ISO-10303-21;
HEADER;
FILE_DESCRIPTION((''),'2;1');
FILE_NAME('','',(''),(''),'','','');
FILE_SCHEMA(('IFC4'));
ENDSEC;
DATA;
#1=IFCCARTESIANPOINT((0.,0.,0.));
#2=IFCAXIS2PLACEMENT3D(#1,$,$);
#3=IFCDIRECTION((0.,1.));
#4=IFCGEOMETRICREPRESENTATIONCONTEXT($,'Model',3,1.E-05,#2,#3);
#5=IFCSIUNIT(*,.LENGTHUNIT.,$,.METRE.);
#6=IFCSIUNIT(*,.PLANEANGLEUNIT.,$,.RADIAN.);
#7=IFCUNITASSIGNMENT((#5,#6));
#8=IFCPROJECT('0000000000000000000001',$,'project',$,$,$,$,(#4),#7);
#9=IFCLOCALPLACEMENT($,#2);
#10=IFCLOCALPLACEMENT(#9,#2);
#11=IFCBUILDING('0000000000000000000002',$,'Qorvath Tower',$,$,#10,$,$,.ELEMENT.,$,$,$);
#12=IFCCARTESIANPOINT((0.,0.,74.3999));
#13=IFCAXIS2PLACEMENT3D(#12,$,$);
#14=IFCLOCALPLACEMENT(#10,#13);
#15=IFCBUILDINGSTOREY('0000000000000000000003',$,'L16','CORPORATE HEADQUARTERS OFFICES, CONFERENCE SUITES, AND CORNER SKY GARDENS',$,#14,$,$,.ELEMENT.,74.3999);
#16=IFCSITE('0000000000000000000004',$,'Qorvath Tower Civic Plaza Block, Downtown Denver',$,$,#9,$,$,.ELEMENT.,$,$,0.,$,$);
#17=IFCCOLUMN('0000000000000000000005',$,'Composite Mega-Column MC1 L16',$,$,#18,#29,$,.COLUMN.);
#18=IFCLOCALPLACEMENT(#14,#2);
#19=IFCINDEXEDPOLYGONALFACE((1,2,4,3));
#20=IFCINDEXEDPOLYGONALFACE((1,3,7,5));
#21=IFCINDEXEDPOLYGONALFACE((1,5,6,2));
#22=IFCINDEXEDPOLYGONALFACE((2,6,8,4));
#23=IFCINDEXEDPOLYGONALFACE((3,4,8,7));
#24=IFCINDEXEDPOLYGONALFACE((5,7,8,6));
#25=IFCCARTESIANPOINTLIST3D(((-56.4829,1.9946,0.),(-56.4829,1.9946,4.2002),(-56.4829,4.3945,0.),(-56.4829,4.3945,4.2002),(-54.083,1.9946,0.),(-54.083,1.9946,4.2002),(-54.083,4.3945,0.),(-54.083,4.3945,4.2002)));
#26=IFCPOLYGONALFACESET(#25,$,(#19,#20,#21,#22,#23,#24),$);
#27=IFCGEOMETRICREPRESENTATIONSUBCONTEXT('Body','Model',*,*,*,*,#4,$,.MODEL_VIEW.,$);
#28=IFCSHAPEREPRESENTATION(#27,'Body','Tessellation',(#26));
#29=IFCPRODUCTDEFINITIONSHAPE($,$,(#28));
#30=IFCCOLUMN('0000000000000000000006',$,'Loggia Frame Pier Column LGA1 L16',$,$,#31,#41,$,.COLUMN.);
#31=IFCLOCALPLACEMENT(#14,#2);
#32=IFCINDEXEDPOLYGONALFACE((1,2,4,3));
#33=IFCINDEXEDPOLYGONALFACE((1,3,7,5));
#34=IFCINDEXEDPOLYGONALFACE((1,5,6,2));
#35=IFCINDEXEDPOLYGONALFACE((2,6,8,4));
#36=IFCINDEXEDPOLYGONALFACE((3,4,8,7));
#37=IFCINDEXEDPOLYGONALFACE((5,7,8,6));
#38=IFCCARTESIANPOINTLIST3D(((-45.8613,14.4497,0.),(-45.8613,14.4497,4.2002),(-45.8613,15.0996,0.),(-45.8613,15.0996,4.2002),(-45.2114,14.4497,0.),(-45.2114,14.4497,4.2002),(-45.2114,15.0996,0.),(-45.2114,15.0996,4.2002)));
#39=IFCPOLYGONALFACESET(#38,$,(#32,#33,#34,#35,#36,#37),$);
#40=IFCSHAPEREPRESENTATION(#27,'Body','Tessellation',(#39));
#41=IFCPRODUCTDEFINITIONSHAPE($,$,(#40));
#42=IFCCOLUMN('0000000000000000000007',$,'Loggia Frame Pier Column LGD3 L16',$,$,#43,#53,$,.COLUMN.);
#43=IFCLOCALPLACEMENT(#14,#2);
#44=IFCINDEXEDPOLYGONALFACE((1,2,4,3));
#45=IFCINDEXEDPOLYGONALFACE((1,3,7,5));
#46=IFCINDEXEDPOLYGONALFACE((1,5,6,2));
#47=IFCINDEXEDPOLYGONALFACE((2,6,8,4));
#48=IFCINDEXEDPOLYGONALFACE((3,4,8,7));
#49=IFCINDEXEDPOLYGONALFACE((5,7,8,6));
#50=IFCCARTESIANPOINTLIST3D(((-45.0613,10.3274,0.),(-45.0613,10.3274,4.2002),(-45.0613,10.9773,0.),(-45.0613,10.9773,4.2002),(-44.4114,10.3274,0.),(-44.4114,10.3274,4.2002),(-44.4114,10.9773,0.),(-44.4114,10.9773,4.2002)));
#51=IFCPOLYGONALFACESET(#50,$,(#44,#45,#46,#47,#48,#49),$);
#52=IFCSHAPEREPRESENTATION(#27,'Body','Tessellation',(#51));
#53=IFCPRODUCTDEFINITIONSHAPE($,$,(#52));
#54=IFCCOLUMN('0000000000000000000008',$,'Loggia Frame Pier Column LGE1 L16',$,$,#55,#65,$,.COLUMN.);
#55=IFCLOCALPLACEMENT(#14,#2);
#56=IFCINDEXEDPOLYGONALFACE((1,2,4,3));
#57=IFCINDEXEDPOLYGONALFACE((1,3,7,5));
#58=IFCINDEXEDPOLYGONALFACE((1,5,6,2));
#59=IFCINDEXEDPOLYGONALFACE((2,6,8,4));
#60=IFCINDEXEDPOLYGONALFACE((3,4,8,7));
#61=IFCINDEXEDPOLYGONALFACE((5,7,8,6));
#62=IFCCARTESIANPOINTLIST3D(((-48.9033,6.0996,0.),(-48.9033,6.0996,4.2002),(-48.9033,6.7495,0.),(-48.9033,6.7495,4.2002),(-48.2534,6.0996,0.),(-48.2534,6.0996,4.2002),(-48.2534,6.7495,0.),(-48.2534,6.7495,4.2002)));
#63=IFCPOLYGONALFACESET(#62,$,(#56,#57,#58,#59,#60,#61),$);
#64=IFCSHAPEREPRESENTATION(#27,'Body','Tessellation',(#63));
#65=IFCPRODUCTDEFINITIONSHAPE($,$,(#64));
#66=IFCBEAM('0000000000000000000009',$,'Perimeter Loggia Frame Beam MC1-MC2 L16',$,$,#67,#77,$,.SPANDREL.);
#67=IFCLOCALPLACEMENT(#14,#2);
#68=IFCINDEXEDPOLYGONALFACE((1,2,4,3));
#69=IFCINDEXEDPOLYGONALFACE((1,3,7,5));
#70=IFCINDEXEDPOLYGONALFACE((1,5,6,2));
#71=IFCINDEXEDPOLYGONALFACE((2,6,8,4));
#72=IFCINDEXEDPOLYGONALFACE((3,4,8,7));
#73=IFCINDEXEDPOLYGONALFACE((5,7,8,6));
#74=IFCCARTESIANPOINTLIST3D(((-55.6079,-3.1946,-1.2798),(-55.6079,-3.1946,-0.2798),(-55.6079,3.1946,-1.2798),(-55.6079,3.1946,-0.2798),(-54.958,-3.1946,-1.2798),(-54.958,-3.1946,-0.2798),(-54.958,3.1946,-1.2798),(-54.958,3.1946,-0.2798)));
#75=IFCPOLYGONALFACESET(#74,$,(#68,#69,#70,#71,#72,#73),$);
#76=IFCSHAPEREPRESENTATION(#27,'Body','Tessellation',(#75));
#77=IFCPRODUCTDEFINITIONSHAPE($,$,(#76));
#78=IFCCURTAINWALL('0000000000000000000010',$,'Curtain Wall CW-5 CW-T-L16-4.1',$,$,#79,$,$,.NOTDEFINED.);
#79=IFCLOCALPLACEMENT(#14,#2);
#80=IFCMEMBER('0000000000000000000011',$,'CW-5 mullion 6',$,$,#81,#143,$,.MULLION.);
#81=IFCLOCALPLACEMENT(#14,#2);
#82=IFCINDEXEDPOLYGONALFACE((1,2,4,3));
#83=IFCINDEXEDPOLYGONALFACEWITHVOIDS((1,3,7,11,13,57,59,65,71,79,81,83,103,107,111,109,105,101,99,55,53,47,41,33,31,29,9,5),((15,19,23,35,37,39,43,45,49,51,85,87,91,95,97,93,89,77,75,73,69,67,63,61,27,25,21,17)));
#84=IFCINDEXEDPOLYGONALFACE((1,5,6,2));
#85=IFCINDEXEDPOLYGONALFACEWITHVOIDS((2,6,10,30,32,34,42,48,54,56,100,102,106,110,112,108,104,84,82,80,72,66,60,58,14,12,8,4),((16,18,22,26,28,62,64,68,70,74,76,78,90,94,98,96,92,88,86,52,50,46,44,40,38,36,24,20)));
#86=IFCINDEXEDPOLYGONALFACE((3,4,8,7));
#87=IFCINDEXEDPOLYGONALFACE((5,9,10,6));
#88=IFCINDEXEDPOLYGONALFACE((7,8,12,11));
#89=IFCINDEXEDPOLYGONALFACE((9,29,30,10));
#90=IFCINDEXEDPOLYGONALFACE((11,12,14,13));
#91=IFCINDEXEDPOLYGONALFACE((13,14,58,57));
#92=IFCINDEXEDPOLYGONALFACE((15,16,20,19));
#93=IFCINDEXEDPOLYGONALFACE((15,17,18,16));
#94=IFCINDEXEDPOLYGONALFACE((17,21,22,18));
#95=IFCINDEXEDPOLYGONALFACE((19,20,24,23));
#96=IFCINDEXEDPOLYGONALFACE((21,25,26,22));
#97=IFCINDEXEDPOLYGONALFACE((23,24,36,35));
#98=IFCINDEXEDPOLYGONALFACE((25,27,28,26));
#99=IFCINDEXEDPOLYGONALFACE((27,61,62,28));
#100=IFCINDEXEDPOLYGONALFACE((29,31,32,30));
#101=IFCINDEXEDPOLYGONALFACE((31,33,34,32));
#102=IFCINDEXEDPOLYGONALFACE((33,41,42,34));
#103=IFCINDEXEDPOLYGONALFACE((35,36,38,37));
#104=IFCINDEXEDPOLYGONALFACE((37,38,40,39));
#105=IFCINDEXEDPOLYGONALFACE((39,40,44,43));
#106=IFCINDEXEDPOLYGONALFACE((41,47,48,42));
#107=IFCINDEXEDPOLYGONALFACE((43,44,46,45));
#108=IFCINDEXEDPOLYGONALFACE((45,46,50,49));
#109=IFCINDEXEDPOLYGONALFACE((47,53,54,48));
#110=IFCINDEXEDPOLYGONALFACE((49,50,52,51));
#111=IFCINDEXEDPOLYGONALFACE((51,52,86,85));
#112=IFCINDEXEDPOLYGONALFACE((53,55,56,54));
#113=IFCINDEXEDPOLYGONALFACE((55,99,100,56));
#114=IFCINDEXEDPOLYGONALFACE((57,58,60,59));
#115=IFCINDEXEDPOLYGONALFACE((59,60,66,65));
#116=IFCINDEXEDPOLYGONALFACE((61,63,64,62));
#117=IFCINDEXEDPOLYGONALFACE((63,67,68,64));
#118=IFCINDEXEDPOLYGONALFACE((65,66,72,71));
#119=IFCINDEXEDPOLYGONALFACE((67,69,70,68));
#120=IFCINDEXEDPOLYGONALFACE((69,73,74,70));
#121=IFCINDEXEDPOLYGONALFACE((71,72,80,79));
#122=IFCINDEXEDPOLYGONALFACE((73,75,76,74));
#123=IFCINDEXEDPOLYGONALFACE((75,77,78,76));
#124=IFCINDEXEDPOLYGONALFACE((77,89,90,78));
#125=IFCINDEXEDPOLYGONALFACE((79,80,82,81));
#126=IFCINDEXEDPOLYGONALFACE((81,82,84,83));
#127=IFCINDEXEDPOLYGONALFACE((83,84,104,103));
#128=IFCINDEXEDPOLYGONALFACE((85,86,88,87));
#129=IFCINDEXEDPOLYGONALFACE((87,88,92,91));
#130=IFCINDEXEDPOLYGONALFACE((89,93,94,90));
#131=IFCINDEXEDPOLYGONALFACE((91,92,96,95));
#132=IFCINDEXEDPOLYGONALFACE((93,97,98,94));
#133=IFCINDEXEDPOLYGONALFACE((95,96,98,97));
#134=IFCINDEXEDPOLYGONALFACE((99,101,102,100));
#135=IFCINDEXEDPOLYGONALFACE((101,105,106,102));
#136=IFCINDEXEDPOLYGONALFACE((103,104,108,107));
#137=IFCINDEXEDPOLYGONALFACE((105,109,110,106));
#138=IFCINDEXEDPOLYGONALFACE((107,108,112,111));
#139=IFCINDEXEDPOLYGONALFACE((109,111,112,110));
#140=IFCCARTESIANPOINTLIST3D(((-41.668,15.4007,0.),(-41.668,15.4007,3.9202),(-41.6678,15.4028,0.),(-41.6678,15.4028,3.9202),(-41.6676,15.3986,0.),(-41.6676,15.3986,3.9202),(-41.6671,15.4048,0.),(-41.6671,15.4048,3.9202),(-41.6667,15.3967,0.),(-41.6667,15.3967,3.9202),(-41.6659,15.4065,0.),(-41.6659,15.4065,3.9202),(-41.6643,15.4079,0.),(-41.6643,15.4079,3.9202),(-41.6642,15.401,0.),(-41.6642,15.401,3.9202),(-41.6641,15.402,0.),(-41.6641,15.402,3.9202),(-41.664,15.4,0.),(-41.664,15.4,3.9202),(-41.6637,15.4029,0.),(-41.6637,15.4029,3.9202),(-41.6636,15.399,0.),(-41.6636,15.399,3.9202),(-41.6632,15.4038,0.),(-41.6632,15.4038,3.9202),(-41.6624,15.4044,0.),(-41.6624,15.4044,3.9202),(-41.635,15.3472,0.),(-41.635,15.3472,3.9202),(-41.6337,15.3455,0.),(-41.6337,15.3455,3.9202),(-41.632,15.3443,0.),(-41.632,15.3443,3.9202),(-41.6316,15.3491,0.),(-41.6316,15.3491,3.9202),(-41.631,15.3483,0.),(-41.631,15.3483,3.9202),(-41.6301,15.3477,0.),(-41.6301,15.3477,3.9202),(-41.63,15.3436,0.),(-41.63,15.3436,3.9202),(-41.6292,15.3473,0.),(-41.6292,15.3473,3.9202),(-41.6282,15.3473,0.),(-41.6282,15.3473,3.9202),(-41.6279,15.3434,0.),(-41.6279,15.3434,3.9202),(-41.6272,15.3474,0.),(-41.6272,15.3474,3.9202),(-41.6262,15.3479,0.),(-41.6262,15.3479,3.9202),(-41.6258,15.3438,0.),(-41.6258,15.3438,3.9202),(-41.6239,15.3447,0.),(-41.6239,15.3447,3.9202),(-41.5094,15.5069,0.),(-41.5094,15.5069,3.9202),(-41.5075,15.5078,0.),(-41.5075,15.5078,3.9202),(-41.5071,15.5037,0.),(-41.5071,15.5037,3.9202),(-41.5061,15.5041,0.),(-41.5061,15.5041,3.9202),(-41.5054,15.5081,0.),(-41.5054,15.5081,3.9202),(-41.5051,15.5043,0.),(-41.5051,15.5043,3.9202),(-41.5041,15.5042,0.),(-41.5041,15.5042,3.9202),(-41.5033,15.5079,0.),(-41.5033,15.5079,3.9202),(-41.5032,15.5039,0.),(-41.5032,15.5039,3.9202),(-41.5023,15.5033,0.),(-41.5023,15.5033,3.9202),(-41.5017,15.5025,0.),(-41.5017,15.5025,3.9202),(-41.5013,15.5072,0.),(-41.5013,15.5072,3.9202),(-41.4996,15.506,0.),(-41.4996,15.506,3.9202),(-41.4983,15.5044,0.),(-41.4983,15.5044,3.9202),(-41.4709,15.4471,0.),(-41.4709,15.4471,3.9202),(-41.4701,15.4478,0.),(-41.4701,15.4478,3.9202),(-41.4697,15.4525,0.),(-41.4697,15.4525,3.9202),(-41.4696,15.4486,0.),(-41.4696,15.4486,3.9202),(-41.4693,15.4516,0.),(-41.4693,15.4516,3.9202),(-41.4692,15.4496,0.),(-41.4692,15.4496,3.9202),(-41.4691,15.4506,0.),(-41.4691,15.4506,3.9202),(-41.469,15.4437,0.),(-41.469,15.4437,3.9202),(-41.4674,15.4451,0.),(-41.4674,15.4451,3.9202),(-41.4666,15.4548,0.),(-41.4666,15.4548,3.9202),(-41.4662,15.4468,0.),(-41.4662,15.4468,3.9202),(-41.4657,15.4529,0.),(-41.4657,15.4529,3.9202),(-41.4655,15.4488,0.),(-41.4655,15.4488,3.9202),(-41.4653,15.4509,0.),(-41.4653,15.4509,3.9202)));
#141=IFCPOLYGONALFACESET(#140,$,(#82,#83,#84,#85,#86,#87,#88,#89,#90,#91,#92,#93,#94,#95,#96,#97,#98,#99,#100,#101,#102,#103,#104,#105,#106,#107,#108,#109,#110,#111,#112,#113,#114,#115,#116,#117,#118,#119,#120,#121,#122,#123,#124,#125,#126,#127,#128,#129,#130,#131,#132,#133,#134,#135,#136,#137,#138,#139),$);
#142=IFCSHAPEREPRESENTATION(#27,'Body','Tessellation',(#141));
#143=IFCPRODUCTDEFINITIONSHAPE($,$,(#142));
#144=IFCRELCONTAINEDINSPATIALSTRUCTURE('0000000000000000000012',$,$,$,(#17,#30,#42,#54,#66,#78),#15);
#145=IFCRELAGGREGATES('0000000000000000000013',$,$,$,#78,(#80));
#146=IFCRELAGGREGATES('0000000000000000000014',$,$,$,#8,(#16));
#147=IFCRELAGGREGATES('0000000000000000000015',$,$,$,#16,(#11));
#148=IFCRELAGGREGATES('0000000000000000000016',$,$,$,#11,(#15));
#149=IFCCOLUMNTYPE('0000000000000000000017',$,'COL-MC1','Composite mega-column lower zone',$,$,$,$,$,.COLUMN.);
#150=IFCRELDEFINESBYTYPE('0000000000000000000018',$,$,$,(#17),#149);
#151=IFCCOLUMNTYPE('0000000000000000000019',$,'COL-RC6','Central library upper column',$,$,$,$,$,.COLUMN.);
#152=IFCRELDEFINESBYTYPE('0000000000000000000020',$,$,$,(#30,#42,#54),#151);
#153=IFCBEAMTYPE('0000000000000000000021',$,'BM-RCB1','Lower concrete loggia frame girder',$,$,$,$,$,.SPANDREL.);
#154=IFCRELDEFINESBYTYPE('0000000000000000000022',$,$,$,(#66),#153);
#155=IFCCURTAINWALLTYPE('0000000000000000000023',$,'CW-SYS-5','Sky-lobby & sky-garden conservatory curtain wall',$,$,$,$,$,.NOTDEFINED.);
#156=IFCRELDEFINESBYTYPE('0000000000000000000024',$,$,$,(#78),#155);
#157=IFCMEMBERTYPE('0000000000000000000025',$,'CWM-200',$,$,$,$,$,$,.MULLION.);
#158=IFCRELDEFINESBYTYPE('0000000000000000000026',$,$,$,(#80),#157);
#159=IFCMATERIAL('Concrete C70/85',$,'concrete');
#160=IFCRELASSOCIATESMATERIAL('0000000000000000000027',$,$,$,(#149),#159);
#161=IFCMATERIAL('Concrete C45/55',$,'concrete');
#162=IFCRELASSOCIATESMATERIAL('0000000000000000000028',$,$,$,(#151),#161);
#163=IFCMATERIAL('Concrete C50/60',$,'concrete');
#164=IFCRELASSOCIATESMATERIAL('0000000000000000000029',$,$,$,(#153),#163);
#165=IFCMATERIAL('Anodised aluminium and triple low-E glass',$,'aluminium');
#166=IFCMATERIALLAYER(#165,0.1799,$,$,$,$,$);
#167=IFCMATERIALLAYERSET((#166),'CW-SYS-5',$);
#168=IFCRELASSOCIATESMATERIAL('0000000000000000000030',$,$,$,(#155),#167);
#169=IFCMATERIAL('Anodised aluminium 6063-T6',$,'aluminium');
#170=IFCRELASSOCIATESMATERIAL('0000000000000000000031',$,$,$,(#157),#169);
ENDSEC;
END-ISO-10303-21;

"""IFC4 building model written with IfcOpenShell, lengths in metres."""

from ifc_helpers import new_model, si_unit, direction, frame, origin, origin_2d, place, context, subcontext, project, spatial, rectangle, hollow_rectangle, extrude, material, layer, layer_set, material_profile, profile_set, type_object, element, aggregate, save


model = new_model("IFC4")

# Units and contexts
model_context = context("Model", 3, precision=1e-05, world=origin(), true_north=direction((0.0, 1.0)))
body_context = subcontext(model_context, "Body", "Model", "MODEL_VIEW")
ifc_project = project(units=[si_unit("LENGTHUNIT", "METRE"), si_unit("PLANEANGLEUNIT", "RADIAN")], contexts=[model_context])

# Site, building, storey
site_placement = place(None, origin())
site = spatial("IfcSite", under=ifc_project, at=site_placement, Name="Qorvath Tower Civic Plaza Block, Downtown Denver", CompositionType="ELEMENT", RefElevation=0.0)
building_placement = place(site_placement, origin())
building = spatial("IfcBuilding", under=site, at=building_placement, Name="Qorvath Tower", CompositionType="ELEMENT")
storey_placement = place(building_placement, frame((0.0, 0.0, 74.3999)))
storey = spatial("IfcBuildingStorey", under=building, at=storey_placement, Name="L16", Description="CORPORATE HEADQUARTERS OFFICES, CONFERENCE SUITES, AND CORNER SKY GARDENS", CompositionType="ELEMENT", Elevation=74.3999)

# Columns
ifc_material_1 = material(Name="Concrete C70/85", Category="concrete")
ifc_material_profile_1 = material_profile(ifc_material_1, rectangle(XDim=2.3999, YDim=2.3999, at=origin_2d()), Name="MC 2400x2400")
ifc_profile_set_1 = profile_set([ifc_material_profile_1], Name="Concrete C70/85")
column_type_1 = type_object("IfcColumnType", Name="COL-MC1", Description="Composite mega-column lower zone", PredefinedType="COLUMN", material=ifc_profile_set_1)
column_placement = place(storey_placement, frame((-55.283, 3.1946, 0.0), z_axis=(0.0, 0.0, 1.0), x_axis=(1.0, 0.0, 0.0)))
element("IfcColumn", 1, at=column_placement, inside=storey, type_object=column_type_1, Name="Composite Mega-Column MC1 L16", PredefinedType="COLUMN", context=body_context, shape_type="SweptSolid", body=[
    extrude(rectangle(XDim=2.3999, YDim=2.3999, at=origin_2d()), origin(), (0.0, 0.0, 1.0), 4.2002),
])
ifc_material_2 = material(Name="Concrete C45/55", Category="concrete")
ifc_material_profile_2 = material_profile(ifc_material_2, rectangle(XDim=0.6499, YDim=0.6499, at=origin_2d()), Name="RC 650x650")
ifc_profile_set_2 = profile_set([ifc_material_profile_2], Name="Concrete C45/55")
column_type_2 = type_object("IfcColumnType", Name="COL-RC6", Description="Central library upper column", PredefinedType="COLUMN", material=ifc_profile_set_2)
for number, where, z_axis, x_axis, name in (
    (2, (-45.5364, 14.7747, 0.0), (0.0, 0.0, 1.0), (1.0, 0.0, 0.0), "Loggia Frame Pier Column LGA1 L16"),
    (3, (-44.7363, 10.6523, 0.0), (0.0, 0.0, 1.0), (1.0, 0.0, 0.0), "Loggia Frame Pier Column LGD3 L16"),
    (4, (-48.5784, 6.4246, 0.0), (0.0, 0.0, 1.0), (1.0, 0.0, 0.0), "Loggia Frame Pier Column LGE1 L16"),
):
    element("IfcColumn", number, at=place(storey_placement, frame(where, z_axis=z_axis, x_axis=x_axis)), inside=storey, type_object=column_type_2, Name=name, PredefinedType="COLUMN", context=body_context, shape_type="SweptSolid", body=[
        extrude(rectangle(XDim=0.6499, YDim=0.6499, at=origin_2d()), origin(), (0.0, 0.0, 1.0), 4.2002),
    ])

# Beam
ifc_material_3 = material(Name="Concrete C50/60", Category="concrete")
ifc_material_profile_3 = material_profile(ifc_material_3, rectangle(XDim=0.6499, YDim=1.0, at=origin_2d()), Name="RCB 1000x650")
ifc_profile_set_3 = profile_set([ifc_material_profile_3], Name="Concrete C50/60")
beam_type = type_object("IfcBeamType", Name="BM-RCB1", Description="Lower concrete loggia frame girder", PredefinedType="SPANDREL", material=ifc_profile_set_3)
beam_placement = place(storey_placement, frame((-55.283, 3.1946, -0.7798), z_axis=(0.0, -1.0, 0.0), x_axis=(1.0, 0.0, 0.0)))
element("IfcBeam", 5, at=beam_placement, inside=storey, type_object=beam_type, Name="Perimeter Loggia Frame Beam MC1-MC2 L16", PredefinedType="SPANDREL", context=body_context, shape_type="SweptSolid", body=[
    extrude(rectangle(XDim=0.6499, YDim=1.0, at=origin_2d()), origin(), (0.0, 0.0, 1.0), 6.3892),
])

# Curtain wall, member
ifc_material_4 = material(Name="Anodised aluminium and triple low-E glass", Category="aluminium")
ifc_layer_1 = layer(ifc_material_4, 0.1799)
ifc_layer_set_1 = layer_set([ifc_layer_1], Name="CW-SYS-5")
curtain_wall_type = type_object("IfcCurtainWallType", Name="CW-SYS-5", Description="Sky-lobby & sky-garden conservatory curtain wall", PredefinedType="NOTDEFINED", material=ifc_layer_set_1)
curtain_wall_1_placement = place(storey_placement, origin())
curtain_wall_1 = element("IfcCurtainWall", 6, at=curtain_wall_1_placement, inside=storey, type_object=curtain_wall_type, Name="Curtain Wall CW-5 CW-T-L16-4.1", PredefinedType="NOTDEFINED")
ifc_material_5 = material(Name="Anodised aluminium 6063-T6", Category="aluminium")
ifc_material_profile_4 = material_profile(ifc_material_5, hollow_rectangle(XDim=0.075, YDim=0.2, WallThickness=0.0039, InnerFilletRadius=0.0039, OuterFilletRadius=0.0081, at=origin_2d()), Name="CWM 200x75")
ifc_profile_set_4 = profile_set([ifc_material_profile_4], Name="Anodised aluminium 6063-T6")
member_type_1 = type_object("IfcMemberType", Name="CWM-200", PredefinedType="MULLION", material=ifc_profile_set_4)
member_1_placement = place(storey_placement, frame((-41.5667, 15.4258, 0.0), z_axis=(0.0, 0.0, 1.0), x_axis=(0.538533, -0.842604, 0.0)))
member_1 = element("IfcMember", 7, at=member_1_placement, type_object=member_type_1, Name="CW-5 mullion 6", PredefinedType="MULLION", context=body_context, shape_type="SweptSolid", body=[
    extrude(hollow_rectangle(XDim=0.075, YDim=0.2, WallThickness=0.0039, InnerFilletRadius=0.0039, OuterFilletRadius=0.0081, at=origin_2d()), origin(), (0.0, 0.0, 1.0), 3.9202),
])

aggregate(curtain_wall_1, [member_1])

save(model, "model.ifc")
